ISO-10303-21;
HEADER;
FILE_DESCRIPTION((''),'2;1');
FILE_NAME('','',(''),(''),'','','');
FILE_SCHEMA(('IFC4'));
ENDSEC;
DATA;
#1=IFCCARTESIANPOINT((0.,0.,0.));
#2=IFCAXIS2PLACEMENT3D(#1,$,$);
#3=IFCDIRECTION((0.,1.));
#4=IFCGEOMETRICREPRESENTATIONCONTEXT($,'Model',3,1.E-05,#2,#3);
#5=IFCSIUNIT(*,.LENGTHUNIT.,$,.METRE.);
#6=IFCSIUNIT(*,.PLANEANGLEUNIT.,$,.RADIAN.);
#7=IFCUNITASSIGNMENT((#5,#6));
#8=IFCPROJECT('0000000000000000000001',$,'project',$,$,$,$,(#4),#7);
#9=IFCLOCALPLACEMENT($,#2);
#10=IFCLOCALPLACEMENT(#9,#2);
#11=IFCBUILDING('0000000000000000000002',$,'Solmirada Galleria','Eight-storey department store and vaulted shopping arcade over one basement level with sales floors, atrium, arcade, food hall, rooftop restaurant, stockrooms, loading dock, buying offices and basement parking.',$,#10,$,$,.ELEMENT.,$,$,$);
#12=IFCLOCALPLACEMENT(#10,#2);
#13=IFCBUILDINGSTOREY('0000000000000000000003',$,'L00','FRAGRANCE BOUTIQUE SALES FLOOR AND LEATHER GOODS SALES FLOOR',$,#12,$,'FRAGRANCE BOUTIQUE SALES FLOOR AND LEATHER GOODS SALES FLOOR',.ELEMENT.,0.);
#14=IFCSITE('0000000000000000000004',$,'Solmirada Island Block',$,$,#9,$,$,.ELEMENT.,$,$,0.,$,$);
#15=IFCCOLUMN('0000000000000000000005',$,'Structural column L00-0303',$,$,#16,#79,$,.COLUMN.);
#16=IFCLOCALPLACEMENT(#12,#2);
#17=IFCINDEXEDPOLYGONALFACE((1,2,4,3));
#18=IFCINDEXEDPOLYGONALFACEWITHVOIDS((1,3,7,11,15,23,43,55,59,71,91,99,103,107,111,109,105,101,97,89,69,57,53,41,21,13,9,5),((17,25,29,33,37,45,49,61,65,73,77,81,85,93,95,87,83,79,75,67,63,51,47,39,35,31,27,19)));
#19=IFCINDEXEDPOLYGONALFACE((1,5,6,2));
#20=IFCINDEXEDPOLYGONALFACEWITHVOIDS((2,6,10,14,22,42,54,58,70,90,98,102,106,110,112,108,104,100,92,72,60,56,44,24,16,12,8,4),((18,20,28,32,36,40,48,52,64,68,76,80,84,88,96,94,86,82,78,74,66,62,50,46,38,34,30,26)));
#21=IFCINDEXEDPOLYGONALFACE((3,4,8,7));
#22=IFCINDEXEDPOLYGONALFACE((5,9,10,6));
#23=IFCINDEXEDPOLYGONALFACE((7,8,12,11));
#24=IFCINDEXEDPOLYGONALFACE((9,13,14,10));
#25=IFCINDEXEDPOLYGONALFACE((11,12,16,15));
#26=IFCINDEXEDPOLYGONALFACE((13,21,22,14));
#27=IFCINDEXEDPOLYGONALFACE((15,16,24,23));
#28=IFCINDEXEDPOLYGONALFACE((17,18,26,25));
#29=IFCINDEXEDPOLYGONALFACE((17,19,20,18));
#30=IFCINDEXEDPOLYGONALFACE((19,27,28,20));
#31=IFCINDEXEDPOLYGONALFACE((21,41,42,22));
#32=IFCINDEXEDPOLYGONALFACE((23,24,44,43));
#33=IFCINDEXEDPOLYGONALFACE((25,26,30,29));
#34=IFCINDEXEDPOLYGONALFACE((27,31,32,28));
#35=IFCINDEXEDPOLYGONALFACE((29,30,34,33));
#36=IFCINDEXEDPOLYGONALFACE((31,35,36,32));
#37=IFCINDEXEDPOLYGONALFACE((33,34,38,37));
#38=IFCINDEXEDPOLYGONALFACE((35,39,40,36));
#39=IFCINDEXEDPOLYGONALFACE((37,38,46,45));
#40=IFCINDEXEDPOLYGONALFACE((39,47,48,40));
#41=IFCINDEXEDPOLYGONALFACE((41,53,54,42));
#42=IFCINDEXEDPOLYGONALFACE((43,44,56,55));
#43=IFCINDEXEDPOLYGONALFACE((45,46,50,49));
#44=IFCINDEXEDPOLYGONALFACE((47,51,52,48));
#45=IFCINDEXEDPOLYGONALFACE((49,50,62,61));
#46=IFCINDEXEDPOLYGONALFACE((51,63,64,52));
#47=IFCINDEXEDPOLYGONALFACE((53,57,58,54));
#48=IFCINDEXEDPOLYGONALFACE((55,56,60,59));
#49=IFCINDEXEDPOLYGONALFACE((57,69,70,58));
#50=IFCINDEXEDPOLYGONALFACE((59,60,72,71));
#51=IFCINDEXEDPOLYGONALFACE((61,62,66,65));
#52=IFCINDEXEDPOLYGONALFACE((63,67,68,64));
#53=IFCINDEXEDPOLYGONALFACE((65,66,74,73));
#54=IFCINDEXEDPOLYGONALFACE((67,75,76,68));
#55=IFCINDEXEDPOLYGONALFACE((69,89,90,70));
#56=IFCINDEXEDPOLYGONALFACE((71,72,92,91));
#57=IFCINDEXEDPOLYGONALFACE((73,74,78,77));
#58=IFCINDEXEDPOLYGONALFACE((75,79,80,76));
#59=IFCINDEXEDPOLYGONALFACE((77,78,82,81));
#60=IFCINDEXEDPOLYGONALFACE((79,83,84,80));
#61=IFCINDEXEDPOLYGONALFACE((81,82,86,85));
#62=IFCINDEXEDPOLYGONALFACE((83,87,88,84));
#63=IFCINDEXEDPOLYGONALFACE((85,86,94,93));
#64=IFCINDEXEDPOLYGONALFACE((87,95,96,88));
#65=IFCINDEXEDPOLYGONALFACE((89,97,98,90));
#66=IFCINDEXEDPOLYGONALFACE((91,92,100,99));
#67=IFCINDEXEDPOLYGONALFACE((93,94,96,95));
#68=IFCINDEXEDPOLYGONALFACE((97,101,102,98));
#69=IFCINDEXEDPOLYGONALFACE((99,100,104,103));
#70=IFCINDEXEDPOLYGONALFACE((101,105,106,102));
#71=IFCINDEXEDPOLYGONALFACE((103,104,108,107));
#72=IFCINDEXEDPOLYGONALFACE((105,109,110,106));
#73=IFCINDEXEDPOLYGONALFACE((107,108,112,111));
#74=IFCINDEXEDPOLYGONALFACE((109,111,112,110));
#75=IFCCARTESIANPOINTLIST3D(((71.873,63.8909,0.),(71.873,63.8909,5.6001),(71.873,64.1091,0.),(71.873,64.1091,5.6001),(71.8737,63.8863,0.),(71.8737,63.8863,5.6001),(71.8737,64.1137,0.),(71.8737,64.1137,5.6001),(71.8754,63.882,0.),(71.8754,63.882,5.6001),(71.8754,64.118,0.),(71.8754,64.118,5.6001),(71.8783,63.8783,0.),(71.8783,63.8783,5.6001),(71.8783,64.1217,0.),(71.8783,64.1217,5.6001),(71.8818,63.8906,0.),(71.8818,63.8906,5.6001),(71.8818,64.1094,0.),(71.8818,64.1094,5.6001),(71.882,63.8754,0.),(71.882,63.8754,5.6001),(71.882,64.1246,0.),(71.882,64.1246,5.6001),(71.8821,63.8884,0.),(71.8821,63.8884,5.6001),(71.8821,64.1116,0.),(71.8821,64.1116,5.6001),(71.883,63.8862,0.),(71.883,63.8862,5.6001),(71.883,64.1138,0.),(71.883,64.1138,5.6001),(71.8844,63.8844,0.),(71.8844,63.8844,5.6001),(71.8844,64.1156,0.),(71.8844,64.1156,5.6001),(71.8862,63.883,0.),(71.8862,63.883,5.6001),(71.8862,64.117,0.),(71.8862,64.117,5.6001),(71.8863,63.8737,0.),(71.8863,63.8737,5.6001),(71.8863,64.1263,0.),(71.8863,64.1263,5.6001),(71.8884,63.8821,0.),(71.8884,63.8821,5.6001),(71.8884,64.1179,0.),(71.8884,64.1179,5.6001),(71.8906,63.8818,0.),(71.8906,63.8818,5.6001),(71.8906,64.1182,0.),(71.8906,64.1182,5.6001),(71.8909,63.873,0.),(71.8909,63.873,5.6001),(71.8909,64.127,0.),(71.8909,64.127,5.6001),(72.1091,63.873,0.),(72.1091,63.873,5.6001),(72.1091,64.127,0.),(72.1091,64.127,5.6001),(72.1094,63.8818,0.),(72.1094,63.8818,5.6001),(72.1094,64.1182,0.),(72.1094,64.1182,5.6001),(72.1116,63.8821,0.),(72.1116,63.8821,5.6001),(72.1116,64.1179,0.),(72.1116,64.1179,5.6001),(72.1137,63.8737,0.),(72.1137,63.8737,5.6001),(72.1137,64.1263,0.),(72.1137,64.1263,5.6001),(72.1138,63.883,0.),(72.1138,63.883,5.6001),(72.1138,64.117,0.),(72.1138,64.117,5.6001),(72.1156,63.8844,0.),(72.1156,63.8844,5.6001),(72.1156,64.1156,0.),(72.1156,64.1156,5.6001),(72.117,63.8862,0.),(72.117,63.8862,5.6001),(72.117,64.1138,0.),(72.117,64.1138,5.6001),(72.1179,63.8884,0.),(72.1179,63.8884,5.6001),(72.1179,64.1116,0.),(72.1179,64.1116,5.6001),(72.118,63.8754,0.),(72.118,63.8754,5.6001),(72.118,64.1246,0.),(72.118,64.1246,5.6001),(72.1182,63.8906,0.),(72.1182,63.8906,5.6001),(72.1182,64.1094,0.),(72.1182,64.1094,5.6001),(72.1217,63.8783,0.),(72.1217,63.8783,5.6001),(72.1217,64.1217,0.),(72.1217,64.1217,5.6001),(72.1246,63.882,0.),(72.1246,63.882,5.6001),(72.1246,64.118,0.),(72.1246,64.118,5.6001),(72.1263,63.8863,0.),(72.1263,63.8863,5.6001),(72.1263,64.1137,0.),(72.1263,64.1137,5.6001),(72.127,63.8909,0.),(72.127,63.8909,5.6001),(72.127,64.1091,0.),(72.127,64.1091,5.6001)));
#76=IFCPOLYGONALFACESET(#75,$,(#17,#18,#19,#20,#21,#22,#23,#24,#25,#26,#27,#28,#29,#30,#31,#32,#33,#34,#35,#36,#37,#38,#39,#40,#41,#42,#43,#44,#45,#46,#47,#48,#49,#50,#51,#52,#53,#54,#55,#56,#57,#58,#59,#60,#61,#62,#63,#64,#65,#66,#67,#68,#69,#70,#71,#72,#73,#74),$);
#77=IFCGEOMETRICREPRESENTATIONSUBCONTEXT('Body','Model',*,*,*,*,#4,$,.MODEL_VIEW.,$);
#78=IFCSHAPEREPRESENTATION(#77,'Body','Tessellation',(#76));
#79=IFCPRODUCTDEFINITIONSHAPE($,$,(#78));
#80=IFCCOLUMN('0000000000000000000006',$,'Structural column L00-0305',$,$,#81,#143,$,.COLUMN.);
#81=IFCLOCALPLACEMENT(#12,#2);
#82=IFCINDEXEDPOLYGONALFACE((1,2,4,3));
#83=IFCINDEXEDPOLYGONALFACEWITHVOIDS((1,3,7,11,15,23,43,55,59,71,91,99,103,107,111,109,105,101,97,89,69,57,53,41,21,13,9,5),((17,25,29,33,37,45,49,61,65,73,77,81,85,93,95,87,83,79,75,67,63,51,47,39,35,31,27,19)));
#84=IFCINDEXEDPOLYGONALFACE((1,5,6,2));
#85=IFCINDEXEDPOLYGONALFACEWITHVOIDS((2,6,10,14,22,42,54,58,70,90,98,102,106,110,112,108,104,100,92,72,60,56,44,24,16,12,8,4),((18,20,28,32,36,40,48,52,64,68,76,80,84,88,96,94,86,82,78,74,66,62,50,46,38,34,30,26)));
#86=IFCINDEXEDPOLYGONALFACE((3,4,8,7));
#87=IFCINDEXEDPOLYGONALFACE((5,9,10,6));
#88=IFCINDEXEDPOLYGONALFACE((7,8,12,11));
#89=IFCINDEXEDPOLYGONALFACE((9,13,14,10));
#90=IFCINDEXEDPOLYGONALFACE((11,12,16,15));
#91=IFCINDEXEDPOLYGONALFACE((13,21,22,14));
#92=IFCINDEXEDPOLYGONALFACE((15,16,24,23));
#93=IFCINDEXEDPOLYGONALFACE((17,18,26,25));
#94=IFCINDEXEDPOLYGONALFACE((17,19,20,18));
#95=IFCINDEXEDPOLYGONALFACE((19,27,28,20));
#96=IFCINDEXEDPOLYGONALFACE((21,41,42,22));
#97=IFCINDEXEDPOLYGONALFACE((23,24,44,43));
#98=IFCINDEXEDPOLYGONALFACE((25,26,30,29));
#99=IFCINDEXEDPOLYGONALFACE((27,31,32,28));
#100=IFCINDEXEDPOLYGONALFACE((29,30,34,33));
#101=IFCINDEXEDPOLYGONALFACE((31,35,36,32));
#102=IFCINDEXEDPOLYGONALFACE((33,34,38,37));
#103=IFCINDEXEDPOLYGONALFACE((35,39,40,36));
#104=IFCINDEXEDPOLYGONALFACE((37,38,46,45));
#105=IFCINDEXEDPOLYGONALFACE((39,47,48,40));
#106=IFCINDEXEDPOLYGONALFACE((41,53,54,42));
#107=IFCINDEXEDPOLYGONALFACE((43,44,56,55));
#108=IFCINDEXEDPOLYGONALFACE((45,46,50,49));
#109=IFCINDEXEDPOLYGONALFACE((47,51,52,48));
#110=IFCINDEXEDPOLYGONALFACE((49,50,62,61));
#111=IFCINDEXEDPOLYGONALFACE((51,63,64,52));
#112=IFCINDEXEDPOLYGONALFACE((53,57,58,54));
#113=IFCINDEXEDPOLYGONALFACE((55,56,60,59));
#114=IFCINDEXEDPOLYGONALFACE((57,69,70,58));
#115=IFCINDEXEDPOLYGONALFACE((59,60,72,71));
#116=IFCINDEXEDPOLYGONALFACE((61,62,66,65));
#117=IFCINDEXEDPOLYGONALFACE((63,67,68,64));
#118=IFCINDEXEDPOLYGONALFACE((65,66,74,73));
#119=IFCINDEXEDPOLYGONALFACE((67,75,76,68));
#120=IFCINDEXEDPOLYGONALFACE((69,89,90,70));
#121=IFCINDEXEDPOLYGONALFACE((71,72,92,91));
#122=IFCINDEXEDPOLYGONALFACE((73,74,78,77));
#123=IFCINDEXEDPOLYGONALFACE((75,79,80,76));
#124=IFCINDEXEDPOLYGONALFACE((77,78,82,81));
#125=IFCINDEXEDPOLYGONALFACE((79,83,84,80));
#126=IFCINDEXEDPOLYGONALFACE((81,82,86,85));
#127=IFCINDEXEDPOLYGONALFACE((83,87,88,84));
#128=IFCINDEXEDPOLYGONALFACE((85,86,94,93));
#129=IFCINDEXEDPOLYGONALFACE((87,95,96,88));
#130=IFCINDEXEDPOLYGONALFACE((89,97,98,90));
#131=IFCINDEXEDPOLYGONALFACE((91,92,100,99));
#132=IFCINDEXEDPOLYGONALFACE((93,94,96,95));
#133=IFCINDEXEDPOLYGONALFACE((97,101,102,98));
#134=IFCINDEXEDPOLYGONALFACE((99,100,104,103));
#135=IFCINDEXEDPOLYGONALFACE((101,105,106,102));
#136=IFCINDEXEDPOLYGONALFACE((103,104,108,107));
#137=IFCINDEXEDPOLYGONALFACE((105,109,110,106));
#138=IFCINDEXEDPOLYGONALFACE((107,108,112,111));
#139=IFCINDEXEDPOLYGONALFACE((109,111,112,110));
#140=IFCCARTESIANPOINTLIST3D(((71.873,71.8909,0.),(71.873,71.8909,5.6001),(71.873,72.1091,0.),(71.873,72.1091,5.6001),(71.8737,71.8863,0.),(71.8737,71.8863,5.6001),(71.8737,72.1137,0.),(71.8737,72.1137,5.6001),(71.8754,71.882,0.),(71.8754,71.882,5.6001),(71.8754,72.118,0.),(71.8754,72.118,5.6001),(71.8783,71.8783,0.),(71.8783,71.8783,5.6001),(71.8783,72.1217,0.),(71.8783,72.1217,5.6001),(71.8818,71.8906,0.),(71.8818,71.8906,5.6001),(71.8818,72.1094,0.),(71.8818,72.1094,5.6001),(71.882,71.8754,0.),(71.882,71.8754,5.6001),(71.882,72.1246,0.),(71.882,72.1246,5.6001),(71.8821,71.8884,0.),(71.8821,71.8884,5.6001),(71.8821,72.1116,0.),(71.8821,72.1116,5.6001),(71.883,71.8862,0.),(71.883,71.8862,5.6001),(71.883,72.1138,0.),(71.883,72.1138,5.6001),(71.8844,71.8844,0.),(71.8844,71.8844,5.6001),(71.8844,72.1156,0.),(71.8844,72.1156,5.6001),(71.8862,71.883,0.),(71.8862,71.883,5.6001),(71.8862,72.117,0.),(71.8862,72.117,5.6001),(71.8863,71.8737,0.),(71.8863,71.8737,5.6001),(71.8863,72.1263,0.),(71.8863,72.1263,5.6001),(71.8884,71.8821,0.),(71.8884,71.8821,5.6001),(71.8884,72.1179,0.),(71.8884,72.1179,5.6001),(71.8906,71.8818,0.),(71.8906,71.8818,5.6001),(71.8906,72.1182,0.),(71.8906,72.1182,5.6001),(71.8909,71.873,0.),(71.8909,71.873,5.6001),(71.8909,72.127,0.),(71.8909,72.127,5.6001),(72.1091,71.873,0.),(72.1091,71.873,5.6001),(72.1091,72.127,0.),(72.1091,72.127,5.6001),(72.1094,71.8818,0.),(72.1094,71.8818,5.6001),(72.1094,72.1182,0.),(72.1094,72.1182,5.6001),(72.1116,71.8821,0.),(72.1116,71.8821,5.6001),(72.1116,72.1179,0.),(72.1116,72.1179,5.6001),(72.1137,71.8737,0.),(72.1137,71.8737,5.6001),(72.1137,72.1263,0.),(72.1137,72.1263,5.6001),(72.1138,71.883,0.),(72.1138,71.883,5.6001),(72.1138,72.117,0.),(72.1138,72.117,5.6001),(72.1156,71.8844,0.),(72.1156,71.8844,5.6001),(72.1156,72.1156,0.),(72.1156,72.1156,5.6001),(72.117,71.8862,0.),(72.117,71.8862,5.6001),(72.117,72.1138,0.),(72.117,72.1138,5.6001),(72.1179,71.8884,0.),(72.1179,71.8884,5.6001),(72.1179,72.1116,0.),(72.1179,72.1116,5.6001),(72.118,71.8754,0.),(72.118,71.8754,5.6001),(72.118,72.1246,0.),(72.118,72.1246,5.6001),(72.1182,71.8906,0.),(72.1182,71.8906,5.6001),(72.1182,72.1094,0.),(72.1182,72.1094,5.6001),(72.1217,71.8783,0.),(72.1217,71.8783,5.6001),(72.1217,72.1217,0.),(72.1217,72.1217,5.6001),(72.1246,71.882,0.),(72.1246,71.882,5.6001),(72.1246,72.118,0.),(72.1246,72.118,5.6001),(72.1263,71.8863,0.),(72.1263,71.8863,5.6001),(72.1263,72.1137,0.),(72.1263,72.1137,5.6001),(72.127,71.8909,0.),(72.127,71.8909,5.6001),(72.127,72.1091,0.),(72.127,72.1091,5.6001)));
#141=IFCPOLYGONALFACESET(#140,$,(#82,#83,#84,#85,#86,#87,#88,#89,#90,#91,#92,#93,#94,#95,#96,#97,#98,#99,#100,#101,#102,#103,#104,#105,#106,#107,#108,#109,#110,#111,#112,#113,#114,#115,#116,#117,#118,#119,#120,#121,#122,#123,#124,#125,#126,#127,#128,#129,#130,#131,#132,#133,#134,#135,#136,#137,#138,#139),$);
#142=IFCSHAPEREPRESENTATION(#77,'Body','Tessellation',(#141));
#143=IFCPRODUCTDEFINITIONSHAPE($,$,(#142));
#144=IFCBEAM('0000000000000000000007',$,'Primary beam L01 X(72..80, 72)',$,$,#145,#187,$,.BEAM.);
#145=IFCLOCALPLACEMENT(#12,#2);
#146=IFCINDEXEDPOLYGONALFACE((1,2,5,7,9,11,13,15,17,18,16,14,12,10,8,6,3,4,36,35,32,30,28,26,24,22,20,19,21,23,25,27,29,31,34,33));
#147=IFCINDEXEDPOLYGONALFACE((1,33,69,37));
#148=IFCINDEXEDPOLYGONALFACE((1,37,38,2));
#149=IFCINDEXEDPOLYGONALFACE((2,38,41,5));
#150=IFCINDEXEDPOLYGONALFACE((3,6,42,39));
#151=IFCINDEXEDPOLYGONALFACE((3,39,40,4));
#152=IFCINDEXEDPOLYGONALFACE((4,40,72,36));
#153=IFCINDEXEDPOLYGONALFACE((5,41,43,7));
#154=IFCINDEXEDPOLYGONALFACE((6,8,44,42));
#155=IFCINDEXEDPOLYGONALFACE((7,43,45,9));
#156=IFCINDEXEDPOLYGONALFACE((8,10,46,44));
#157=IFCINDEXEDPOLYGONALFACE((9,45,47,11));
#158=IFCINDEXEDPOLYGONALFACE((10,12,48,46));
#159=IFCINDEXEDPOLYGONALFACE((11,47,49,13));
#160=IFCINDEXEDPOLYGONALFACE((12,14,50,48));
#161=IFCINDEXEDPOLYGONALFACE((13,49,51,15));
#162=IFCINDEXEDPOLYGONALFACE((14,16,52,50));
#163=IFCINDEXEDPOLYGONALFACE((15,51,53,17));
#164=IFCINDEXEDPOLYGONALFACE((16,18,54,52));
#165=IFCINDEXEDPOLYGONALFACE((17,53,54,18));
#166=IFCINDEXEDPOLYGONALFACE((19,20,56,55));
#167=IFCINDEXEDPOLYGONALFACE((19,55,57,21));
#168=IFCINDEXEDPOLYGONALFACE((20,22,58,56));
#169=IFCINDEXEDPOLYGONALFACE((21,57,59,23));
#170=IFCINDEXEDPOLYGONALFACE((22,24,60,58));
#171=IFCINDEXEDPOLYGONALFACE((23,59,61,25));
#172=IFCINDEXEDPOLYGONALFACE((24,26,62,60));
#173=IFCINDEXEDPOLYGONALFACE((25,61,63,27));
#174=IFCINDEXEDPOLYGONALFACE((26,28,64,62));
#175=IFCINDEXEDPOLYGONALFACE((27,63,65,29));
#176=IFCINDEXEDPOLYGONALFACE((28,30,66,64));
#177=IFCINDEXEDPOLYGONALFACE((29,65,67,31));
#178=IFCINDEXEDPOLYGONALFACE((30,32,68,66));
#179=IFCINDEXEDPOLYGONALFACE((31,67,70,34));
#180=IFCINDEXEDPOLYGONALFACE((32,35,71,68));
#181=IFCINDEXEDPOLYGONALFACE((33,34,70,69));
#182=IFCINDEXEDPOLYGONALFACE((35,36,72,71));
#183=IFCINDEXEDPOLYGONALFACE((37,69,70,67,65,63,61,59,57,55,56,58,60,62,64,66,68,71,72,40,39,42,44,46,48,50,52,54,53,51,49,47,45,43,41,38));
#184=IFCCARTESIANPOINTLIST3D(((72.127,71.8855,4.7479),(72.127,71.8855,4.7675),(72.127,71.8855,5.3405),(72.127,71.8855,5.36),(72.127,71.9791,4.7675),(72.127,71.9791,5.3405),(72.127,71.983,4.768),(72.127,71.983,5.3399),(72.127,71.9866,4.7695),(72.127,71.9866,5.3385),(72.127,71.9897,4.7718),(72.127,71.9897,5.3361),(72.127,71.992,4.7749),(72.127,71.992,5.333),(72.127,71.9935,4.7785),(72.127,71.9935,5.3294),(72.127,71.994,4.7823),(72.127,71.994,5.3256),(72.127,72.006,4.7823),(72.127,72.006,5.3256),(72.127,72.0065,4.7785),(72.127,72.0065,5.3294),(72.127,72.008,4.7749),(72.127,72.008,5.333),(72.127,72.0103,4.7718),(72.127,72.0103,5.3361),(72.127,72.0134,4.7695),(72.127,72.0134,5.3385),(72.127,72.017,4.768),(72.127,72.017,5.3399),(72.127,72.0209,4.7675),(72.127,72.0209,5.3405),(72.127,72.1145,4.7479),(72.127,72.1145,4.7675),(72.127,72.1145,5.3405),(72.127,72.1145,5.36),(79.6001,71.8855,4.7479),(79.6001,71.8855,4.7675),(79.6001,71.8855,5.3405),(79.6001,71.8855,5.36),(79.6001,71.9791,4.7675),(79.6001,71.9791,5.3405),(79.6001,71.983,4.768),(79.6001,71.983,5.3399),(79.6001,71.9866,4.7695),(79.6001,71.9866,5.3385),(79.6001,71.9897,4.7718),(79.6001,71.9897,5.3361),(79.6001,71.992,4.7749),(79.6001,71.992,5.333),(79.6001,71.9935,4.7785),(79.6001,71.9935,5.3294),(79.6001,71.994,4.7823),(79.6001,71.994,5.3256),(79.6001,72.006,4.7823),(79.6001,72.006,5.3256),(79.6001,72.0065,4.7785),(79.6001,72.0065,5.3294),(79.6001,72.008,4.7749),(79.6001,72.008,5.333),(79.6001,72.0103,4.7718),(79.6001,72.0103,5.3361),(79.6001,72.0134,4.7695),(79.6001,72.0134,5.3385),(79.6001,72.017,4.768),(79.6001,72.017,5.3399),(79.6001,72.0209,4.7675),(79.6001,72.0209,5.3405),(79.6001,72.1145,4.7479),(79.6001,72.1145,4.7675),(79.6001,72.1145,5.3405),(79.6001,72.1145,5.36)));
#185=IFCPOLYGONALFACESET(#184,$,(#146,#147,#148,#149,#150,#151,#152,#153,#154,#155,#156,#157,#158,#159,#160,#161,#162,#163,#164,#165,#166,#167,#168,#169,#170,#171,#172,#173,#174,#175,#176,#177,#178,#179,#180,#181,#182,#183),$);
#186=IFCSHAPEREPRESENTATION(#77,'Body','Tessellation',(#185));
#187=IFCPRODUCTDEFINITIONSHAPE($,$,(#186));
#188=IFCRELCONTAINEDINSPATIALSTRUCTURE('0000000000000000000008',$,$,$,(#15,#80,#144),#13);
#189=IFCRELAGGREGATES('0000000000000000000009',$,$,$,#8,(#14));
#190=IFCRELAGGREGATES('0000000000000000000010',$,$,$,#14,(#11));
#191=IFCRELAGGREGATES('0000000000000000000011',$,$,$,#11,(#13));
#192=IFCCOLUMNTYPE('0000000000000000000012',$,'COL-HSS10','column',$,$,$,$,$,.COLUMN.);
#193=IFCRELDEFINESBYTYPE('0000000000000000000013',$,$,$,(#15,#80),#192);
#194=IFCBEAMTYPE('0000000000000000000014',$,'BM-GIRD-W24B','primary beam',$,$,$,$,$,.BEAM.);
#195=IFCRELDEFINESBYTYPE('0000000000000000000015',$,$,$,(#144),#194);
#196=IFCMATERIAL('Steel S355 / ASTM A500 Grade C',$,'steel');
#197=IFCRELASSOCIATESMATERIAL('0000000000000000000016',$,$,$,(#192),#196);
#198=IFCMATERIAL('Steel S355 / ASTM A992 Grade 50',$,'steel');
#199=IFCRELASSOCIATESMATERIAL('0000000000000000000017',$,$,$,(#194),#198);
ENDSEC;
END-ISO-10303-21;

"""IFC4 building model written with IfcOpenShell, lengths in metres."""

from ifc_helpers import new_model, si_unit, direction, frame, origin, origin_2d, place, context, subcontext, project, spatial, hollow_rectangle, i_section, extrude, material, material_profile, profile_set, type_object, element, save


model = new_model("IFC4")

# Units and contexts
model_context = context("Model", 3, precision=1e-05, world=origin(), true_north=direction((0.0, 1.0)))
body_context = subcontext(model_context, "Body", "Model", "MODEL_VIEW")
ifc_project = project(units=[si_unit("LENGTHUNIT", "METRE"), si_unit("PLANEANGLEUNIT", "RADIAN")], contexts=[model_context])

# Site, building, storey
site_placement = place(None, origin())
site = spatial("IfcSite", under=ifc_project, at=site_placement, Name="Solmirada Island Block", CompositionType="ELEMENT", RefElevation=0.0)
building_placement = place(site_placement, origin())
building = spatial("IfcBuilding", under=site, at=building_placement, Name="Solmirada Galleria", Description="Eight-storey department store and vaulted shopping arcade over one basement level with sales floors, atrium, arcade, food hall, rooftop restaurant, stockrooms, loading dock, buying offices and basement parking.", CompositionType="ELEMENT")
storey_placement = place(building_placement, origin())
storey = spatial("IfcBuildingStorey", under=building, at=storey_placement, Name="L00", Description="FRAGRANCE BOUTIQUE SALES FLOOR AND LEATHER GOODS SALES FLOOR", LongName="FRAGRANCE BOUTIQUE SALES FLOOR AND LEATHER GOODS SALES FLOOR", CompositionType="ELEMENT", Elevation=0.0)

# Columns
ifc_material_1 = material(Name="Steel S355 / ASTM A500 Grade C", Category="steel")
ifc_material_profile_1 = material_profile(ifc_material_1, hollow_rectangle(XDim=0.2539, YDim=0.2539, WallThickness=0.0088, InnerFilletRadius=0.0088, OuterFilletRadius=0.0178, at=origin_2d()), Name="HSS10X10X3/8")
ifc_profile_set_1 = profile_set([ifc_material_profile_1], Name="Steel S355 / ASTM A500 Grade C")
column_type = type_object("IfcColumnType", Name="COL-HSS10", Description="column", PredefinedType="COLUMN", material=ifc_profile_set_1)
for number, where, z_axis, x_axis, name in (
    (1, (72.0, 64.0, 0.0), (0.0, 0.0, 1.0), (1.0, 0.0, 0.0), "Structural column L00-0303"),
    (2, (72.0, 72.0, 0.0), (0.0, 0.0, 1.0), (1.0, 0.0, 0.0), "Structural column L00-0305"),
):
    element("IfcColumn", number, at=place(storey_placement, frame(where, z_axis=z_axis, x_axis=x_axis)), inside=storey, type_object=column_type, Name=name, PredefinedType="COLUMN", context=body_context, shape_type="SweptSolid", body=[
        extrude(hollow_rectangle(XDim=0.2539, YDim=0.2539, WallThickness=0.0088, InnerFilletRadius=0.0088, OuterFilletRadius=0.0178, at=origin_2d()), origin(), (0.0, 0.0, 1.0), 5.6001),
    ])

# Beam
ifc_material_2 = material(Name="Steel S355 / ASTM A992 Grade 50", Category="steel")
ifc_material_profile_2 = material_profile(ifc_material_2, i_section(OverallWidth=0.229, OverallDepth=0.6121, WebThickness=0.012, FlangeThickness=0.0195, FilletRadius=0.0149, at=origin_2d()), Name="W24X84")
ifc_profile_set_2 = profile_set([ifc_material_profile_2], Name="Steel S355 / ASTM A992 Grade 50")
beam_type_1 = type_object("IfcBeamType", Name="BM-GIRD-W24B", Description="primary beam", PredefinedType="BEAM", material=ifc_profile_set_2)
beam_1_placement = place(storey_placement, frame((72.127, 72.0, 5.054), z_axis=(1.0, 0.0, 0.0), x_axis=(0.0, 1.0, 0.0)))
element("IfcBeam", 3, at=beam_1_placement, inside=storey, type_object=beam_type_1, Name="Primary beam L01 X(72..80, 72)", PredefinedType="BEAM", context=body_context, shape_type="SweptSolid", body=[
    extrude(i_section(OverallWidth=0.229, OverallDepth=0.6121, WebThickness=0.012, FlangeThickness=0.0195, FilletRadius=0.0149, at=origin_2d()), origin(), (0.0, 0.0, 1.0), 7.4731),
])

save(model, "model.ifc")
